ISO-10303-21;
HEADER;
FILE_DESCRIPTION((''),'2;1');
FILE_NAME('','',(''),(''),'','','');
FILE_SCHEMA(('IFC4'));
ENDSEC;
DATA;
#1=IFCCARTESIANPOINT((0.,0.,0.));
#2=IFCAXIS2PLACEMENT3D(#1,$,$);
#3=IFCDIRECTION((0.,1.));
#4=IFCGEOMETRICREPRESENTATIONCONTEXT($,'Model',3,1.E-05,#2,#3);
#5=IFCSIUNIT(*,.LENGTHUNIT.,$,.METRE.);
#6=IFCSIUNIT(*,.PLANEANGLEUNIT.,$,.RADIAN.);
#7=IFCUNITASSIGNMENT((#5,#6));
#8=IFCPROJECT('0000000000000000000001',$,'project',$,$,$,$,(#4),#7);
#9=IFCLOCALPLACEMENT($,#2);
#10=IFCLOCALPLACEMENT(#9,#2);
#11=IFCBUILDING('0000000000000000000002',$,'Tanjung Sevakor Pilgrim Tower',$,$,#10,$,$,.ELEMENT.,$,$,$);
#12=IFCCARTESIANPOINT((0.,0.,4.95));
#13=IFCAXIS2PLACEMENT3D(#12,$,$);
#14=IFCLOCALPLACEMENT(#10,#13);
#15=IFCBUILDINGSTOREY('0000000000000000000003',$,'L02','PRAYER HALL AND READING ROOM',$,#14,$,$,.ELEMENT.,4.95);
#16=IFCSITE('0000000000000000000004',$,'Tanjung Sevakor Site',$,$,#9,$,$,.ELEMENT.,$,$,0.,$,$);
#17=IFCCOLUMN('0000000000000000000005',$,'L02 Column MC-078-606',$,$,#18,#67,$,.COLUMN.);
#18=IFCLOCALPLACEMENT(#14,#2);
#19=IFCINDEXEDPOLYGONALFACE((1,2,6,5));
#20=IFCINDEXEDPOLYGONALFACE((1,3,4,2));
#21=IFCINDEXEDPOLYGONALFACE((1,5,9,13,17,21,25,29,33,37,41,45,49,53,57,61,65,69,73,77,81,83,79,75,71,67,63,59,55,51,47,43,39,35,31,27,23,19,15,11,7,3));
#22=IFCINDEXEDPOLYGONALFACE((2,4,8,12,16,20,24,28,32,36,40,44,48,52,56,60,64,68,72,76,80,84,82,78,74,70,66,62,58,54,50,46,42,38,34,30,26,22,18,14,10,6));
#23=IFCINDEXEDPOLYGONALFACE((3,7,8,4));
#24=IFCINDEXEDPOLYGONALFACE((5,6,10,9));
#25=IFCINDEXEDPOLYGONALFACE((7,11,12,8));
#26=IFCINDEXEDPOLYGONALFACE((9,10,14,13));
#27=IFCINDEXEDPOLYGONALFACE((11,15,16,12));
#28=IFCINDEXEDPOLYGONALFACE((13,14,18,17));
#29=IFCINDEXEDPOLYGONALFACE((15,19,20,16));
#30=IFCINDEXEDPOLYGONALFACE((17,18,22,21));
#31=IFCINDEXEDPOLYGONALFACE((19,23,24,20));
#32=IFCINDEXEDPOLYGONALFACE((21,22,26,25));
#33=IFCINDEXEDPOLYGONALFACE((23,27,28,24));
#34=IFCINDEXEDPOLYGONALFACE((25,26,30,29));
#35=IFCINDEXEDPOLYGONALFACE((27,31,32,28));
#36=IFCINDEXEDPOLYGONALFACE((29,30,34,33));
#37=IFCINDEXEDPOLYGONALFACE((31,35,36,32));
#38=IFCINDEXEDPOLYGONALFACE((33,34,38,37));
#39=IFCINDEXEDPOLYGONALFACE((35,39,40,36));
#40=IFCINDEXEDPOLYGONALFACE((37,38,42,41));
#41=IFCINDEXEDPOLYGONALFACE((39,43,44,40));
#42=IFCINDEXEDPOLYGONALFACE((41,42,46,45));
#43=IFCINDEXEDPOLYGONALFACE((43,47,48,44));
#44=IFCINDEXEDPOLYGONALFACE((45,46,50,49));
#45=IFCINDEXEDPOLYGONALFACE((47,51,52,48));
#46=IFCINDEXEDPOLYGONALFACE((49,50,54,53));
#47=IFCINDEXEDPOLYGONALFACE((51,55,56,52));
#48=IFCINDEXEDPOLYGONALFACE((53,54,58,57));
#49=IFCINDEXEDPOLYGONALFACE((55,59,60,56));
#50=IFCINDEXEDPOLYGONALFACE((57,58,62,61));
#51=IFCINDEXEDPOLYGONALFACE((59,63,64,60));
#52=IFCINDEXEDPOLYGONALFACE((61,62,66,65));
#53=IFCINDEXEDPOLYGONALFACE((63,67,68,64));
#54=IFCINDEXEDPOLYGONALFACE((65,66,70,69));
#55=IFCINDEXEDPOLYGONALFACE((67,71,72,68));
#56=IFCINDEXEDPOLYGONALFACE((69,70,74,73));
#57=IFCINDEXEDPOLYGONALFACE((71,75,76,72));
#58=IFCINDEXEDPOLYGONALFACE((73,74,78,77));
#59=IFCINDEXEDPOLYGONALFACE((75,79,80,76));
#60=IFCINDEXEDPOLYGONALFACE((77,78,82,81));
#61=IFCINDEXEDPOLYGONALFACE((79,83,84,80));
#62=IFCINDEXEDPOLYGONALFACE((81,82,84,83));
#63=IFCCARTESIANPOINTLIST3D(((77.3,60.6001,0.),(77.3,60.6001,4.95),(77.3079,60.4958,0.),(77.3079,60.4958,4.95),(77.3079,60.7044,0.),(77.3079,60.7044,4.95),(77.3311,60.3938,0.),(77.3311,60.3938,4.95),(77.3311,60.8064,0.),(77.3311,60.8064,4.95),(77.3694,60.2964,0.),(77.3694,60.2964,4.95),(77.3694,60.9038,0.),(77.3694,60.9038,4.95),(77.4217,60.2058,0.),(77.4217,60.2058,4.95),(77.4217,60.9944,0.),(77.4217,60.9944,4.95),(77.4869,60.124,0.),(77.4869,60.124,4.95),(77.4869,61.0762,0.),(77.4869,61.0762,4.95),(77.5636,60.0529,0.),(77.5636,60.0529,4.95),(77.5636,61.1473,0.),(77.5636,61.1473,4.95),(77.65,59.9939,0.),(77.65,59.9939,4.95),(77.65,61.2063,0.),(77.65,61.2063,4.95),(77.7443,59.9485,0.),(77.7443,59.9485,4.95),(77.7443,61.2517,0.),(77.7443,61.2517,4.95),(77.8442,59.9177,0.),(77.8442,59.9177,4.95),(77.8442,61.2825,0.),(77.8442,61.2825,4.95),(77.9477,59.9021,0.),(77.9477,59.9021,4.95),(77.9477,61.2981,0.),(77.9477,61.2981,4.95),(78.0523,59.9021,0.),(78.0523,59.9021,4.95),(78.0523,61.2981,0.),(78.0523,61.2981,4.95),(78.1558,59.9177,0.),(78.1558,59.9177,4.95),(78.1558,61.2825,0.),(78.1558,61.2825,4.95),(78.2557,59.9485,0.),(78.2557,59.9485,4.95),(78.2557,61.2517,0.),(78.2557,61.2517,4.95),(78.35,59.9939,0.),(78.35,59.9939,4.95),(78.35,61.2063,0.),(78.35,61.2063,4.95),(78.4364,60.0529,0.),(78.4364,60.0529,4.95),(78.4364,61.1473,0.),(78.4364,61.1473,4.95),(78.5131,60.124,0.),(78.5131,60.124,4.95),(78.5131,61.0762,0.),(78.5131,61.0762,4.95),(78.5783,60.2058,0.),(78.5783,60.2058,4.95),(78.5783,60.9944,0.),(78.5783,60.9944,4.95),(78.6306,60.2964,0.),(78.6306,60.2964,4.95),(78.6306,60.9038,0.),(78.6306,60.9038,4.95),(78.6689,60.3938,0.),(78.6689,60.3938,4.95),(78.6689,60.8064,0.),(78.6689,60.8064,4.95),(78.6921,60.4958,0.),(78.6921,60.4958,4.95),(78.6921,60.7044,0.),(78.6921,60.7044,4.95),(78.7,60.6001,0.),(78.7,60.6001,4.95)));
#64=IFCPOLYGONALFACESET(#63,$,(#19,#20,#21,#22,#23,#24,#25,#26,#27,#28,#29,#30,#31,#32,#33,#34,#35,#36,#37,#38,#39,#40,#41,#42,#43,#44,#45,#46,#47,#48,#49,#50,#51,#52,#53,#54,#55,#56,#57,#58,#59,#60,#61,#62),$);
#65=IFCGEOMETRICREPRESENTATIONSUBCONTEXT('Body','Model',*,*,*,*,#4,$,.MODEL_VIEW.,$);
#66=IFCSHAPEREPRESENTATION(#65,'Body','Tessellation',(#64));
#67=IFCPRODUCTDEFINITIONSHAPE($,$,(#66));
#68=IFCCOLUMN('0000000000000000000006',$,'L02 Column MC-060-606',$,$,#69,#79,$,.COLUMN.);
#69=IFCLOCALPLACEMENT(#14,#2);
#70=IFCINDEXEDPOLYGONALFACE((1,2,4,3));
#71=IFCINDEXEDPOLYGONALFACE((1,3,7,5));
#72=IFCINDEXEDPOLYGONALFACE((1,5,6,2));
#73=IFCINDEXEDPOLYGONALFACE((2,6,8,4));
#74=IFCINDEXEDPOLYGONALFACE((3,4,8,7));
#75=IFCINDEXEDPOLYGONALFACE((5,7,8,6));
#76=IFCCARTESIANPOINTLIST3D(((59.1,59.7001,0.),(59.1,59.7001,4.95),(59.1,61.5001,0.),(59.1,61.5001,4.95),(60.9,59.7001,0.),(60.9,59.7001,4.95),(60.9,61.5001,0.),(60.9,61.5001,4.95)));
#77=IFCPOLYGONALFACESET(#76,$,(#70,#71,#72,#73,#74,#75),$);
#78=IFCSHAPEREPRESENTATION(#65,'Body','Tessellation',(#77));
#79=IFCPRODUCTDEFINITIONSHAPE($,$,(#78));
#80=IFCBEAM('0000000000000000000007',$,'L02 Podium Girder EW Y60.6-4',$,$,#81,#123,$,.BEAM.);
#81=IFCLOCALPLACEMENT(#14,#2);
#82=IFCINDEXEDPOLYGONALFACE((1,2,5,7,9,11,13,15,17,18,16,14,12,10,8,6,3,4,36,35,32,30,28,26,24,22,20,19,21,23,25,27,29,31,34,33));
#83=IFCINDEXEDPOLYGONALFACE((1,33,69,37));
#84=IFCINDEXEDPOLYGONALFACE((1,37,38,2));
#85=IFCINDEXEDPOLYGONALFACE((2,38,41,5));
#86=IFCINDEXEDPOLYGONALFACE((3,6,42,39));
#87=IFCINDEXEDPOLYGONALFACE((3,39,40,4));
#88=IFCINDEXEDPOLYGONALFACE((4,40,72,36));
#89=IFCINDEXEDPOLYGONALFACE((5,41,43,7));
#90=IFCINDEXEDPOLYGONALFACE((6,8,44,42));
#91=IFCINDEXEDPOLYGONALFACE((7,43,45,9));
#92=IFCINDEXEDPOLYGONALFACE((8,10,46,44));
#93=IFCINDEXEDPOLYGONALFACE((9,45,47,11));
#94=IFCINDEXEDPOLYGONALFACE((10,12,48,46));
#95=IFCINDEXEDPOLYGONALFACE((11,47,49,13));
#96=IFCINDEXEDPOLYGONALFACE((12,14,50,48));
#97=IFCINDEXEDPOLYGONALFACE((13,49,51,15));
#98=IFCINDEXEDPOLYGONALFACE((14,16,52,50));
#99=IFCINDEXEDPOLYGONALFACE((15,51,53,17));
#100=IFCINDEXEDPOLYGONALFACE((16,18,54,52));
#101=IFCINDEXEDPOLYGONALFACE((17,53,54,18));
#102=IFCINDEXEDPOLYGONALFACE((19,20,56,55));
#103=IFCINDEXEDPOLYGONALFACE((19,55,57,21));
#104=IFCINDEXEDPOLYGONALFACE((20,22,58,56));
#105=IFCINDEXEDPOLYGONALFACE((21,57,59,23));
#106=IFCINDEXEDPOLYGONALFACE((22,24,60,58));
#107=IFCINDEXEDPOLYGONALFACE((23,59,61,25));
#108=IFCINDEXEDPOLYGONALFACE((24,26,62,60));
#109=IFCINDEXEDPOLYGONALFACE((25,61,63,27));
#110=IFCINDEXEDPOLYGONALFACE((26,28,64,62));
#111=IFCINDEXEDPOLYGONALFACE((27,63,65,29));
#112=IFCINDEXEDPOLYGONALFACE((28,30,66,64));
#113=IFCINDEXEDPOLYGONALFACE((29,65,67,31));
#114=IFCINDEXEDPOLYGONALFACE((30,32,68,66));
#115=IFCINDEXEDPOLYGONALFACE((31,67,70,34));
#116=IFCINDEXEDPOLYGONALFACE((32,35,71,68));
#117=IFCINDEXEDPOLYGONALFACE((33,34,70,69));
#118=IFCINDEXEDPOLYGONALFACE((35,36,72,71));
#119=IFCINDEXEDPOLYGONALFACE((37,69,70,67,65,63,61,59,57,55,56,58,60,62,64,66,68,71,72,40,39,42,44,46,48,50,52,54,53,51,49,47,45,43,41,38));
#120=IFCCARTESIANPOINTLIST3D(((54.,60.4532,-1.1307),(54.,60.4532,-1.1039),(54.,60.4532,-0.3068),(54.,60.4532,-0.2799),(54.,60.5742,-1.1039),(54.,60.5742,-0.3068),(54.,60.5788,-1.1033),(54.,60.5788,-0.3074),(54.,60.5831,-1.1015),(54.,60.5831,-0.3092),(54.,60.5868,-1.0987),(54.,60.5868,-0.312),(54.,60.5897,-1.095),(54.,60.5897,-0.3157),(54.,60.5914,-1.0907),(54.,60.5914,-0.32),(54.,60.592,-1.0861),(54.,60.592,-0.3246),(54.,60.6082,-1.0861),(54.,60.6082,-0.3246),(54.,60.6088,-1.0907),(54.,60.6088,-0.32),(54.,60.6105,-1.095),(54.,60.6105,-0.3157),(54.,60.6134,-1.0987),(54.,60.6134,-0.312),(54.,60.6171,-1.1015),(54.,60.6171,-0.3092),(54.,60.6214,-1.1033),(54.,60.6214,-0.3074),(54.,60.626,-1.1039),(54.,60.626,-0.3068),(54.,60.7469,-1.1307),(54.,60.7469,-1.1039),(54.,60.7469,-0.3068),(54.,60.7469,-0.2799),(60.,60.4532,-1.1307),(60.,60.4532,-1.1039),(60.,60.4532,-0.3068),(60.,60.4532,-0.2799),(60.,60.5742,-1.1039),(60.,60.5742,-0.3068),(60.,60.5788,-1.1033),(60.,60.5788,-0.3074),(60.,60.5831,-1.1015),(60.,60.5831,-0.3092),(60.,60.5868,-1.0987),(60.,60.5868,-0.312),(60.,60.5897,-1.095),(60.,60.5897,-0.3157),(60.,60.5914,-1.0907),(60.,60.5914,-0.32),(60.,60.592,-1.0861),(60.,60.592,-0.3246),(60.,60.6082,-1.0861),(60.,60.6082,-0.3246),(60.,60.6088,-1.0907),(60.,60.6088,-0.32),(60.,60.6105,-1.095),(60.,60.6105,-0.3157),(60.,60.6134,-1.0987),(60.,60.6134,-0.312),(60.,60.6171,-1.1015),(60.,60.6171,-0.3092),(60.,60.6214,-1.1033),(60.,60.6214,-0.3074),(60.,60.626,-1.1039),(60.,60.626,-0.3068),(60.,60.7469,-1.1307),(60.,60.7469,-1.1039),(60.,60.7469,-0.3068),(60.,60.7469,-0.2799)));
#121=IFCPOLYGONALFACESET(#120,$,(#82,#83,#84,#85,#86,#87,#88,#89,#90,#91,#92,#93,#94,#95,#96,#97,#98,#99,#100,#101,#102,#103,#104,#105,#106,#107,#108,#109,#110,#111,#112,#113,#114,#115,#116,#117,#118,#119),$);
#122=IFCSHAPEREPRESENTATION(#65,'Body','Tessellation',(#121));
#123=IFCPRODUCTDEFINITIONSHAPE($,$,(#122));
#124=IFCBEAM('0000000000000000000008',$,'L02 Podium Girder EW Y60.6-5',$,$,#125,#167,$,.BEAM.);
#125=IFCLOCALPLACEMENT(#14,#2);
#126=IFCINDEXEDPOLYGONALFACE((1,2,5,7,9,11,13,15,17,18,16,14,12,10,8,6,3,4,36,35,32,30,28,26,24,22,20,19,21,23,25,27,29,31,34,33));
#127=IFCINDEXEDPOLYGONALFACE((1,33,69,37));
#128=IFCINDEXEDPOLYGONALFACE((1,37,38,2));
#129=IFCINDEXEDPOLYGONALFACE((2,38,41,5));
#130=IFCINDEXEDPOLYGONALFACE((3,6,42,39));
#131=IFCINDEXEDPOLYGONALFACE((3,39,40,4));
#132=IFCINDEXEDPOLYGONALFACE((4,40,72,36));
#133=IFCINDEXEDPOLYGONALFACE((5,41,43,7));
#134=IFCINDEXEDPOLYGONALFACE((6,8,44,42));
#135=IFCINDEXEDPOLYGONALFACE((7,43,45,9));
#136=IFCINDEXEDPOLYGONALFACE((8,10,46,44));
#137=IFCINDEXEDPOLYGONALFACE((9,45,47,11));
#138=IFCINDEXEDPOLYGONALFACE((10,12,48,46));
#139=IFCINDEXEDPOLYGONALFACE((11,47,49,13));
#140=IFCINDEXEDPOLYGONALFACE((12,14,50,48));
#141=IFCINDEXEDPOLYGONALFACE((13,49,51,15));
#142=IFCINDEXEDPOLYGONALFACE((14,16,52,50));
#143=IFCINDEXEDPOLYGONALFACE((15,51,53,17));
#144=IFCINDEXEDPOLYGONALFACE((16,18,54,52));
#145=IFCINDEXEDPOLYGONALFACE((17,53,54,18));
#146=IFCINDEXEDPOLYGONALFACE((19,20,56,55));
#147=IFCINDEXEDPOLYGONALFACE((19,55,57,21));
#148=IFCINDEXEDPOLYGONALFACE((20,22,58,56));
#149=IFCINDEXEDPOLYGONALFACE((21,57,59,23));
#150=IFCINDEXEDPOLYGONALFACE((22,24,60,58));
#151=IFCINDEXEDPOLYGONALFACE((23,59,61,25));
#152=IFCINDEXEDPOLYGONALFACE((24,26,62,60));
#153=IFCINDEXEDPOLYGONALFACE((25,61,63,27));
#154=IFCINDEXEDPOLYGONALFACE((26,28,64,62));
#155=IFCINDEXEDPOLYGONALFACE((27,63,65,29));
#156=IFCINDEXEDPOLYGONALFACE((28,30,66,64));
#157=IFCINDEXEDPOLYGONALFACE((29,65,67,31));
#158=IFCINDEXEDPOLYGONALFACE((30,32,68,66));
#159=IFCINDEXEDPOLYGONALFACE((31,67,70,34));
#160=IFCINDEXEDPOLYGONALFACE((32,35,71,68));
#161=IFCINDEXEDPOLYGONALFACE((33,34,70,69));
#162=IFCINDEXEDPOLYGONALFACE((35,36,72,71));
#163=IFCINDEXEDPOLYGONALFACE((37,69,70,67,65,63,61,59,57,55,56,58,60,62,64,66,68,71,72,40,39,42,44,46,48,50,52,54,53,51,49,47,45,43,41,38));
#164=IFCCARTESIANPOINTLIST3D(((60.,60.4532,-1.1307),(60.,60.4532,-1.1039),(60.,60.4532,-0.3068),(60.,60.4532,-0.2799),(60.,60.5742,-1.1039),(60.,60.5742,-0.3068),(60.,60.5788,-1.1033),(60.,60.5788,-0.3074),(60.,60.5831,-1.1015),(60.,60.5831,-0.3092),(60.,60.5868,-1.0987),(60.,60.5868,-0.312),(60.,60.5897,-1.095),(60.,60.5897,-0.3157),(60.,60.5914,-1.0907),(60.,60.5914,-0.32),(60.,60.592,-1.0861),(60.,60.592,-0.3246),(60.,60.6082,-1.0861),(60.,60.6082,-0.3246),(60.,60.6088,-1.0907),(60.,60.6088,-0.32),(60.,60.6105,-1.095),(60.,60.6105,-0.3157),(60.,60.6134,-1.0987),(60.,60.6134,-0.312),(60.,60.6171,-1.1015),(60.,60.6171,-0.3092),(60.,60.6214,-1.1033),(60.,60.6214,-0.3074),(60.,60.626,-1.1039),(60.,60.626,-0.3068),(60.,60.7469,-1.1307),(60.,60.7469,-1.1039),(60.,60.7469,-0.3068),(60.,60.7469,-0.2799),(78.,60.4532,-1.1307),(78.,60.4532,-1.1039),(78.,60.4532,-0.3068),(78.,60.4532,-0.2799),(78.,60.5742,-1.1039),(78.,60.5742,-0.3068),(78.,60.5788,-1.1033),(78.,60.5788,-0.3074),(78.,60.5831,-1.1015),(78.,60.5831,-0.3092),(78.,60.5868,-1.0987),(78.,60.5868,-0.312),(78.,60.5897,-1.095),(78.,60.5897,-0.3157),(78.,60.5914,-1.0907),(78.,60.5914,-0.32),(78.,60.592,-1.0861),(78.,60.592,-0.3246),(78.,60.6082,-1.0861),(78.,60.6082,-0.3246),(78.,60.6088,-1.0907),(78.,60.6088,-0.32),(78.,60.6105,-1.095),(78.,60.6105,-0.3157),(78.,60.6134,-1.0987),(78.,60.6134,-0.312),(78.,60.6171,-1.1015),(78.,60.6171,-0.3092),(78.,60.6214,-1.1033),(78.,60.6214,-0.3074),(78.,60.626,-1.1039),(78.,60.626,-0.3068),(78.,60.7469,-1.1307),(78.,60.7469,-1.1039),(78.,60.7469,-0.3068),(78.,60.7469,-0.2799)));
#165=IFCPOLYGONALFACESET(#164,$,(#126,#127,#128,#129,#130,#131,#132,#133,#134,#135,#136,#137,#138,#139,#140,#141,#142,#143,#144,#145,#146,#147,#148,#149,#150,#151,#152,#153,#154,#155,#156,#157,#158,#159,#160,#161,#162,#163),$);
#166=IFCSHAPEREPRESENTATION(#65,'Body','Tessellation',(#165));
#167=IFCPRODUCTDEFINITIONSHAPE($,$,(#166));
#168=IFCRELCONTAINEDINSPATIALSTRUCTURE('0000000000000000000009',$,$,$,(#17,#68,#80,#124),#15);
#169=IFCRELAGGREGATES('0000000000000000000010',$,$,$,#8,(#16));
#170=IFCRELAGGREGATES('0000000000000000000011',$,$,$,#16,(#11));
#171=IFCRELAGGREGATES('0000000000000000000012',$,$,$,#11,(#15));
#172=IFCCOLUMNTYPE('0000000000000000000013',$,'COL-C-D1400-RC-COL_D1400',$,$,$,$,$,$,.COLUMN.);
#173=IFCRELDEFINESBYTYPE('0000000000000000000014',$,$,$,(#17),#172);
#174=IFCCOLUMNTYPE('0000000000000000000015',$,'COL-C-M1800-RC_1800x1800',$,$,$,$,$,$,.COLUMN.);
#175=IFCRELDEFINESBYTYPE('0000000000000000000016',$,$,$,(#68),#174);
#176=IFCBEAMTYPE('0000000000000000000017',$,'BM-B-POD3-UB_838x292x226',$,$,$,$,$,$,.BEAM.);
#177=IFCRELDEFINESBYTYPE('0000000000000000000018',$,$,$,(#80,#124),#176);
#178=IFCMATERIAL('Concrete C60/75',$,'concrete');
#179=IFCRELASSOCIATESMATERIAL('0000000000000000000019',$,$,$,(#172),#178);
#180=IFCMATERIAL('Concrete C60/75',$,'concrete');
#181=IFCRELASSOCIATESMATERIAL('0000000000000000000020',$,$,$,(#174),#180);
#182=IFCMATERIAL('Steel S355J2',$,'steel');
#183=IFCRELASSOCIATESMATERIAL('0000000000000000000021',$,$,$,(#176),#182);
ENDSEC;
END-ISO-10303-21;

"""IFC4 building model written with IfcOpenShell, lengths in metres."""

from ifc_helpers import new_model, si_unit, direction, frame, origin, origin_2d, place, context, subcontext, project, spatial, rectangle, circle, i_section, extrude, material, material_profile, profile_set, type_object, element, save


model = new_model("IFC4")

# Units and contexts
model_context = context("Model", 3, precision=1e-05, world=origin(), true_north=direction((0.0, 1.0)))
body_context = subcontext(model_context, "Body", "Model", "MODEL_VIEW")
ifc_project = project(units=[si_unit("LENGTHUNIT", "METRE"), si_unit("PLANEANGLEUNIT", "RADIAN")], contexts=[model_context])

# Site, building, storey
site_placement = place(None, origin())
site = spatial("IfcSite", under=ifc_project, at=site_placement, Name="Tanjung Sevakor Site", CompositionType="ELEMENT", RefElevation=0.0)
building_placement = place(site_placement, origin())
building = spatial("IfcBuilding", under=site, at=building_placement, Name="Tanjung Sevakor Pilgrim Tower", CompositionType="ELEMENT")
storey_placement = place(building_placement, frame((0.0, 0.0, 4.95)))
storey = spatial("IfcBuildingStorey", under=building, at=storey_placement, Name="L02", Description="PRAYER HALL AND READING ROOM", CompositionType="ELEMENT", Elevation=4.95)

# Columns
ifc_material_1 = material(Name="Concrete C60/75", Category="concrete")
ifc_material_profile_1 = material_profile(ifc_material_1, circle(Radius=0.7, at=origin_2d()))
ifc_profile_set_1 = profile_set([ifc_material_profile_1], Name="Concrete C60/75")
column_type_1 = type_object("IfcColumnType", Name="COL-C-D1400-RC-COL_D1400", PredefinedType="COLUMN", material=ifc_profile_set_1)
column_1_placement = place(storey_placement, frame((78.0, 60.6001, 0.0), z_axis=(0.0, 0.0, 1.0), x_axis=(1.0, 0.0, 0.0)))
element("IfcColumn", 1, at=column_1_placement, inside=storey, type_object=column_type_1, Name="L02 Column MC-078-606", PredefinedType="COLUMN", context=body_context, shape_type="SweptSolid", body=[
    extrude(circle(Radius=0.7, at=origin_2d()), origin(), (0.0, 0.0, 1.0), 4.95),
])
ifc_material_2 = material(Name="Concrete C60/75", Category="concrete")
ifc_material_profile_2 = material_profile(ifc_material_2, rectangle(XDim=1.8, YDim=1.8, at=origin_2d()))
ifc_profile_set_2 = profile_set([ifc_material_profile_2], Name="Concrete C60/75")
column_type_2 = type_object("IfcColumnType", Name="COL-C-M1800-RC_1800x1800", PredefinedType="COLUMN", material=ifc_profile_set_2)
column_2_placement = place(storey_placement, frame((60.0, 60.6001, 0.0), z_axis=(0.0, 0.0, 1.0), x_axis=(1.0, 0.0, 0.0)))
element("IfcColumn", 2, at=column_2_placement, inside=storey, type_object=column_type_2, Name="L02 Column MC-060-606", PredefinedType="COLUMN", context=body_context, shape_type="SweptSolid", body=[
    extrude(rectangle(XDim=1.8, YDim=1.8, at=origin_2d()), origin(), (0.0, 0.0, 1.0), 4.95),
])

# Beams
ifc_material_3 = material(Name="Steel S355J2", Category="steel")
ifc_material_profile_3 = material_profile(ifc_material_3, i_section(OverallWidth=0.2937, OverallDepth=0.8508, WebThickness=0.0161, FlangeThickness=0.0269, FilletRadius=0.0178, at=origin_2d()))
ifc_profile_set_3 = profile_set([ifc_material_profile_3], Name="Steel S355J2")
beam_type = type_object("IfcBeamType", Name="BM-B-POD3-UB_838x292x226", PredefinedType="BEAM", material=ifc_profile_set_3)
beam_1_placement = place(storey_placement, frame((54.0, 60.6001, -0.7053), z_axis=(1.0, 0.0, 0.0), x_axis=(0.0, 1.0, 0.0)))
element("IfcBeam", 3, at=beam_1_placement, inside=storey, type_object=beam_type, Name="L02 Podium Girder EW Y60.6-4", PredefinedType="BEAM", context=body_context, shape_type="SweptSolid", body=[
    extrude(i_section(OverallWidth=0.2937, OverallDepth=0.8508, WebThickness=0.0161, FlangeThickness=0.0269, FilletRadius=0.0178, at=origin_2d()), origin(), (0.0, 0.0, 1.0), 6.0),
])
beam_2_placement = place(storey_placement, frame((60.0, 60.6001, -0.7053), z_axis=(1.0, 0.0, 0.0), x_axis=(0.0, 1.0, 0.0)))
element("IfcBeam", 4, at=beam_2_placement, inside=storey, type_object=beam_type, Name="L02 Podium Girder EW Y60.6-5", PredefinedType="BEAM", context=body_context, shape_type="SweptSolid", body=[
    extrude(i_section(OverallWidth=0.2937, OverallDepth=0.8508, WebThickness=0.0161, FlangeThickness=0.0269, FilletRadius=0.0178, at=origin_2d()), origin(), (0.0, 0.0, 1.0), 18.0),
])

save(model, "model.ifc")
